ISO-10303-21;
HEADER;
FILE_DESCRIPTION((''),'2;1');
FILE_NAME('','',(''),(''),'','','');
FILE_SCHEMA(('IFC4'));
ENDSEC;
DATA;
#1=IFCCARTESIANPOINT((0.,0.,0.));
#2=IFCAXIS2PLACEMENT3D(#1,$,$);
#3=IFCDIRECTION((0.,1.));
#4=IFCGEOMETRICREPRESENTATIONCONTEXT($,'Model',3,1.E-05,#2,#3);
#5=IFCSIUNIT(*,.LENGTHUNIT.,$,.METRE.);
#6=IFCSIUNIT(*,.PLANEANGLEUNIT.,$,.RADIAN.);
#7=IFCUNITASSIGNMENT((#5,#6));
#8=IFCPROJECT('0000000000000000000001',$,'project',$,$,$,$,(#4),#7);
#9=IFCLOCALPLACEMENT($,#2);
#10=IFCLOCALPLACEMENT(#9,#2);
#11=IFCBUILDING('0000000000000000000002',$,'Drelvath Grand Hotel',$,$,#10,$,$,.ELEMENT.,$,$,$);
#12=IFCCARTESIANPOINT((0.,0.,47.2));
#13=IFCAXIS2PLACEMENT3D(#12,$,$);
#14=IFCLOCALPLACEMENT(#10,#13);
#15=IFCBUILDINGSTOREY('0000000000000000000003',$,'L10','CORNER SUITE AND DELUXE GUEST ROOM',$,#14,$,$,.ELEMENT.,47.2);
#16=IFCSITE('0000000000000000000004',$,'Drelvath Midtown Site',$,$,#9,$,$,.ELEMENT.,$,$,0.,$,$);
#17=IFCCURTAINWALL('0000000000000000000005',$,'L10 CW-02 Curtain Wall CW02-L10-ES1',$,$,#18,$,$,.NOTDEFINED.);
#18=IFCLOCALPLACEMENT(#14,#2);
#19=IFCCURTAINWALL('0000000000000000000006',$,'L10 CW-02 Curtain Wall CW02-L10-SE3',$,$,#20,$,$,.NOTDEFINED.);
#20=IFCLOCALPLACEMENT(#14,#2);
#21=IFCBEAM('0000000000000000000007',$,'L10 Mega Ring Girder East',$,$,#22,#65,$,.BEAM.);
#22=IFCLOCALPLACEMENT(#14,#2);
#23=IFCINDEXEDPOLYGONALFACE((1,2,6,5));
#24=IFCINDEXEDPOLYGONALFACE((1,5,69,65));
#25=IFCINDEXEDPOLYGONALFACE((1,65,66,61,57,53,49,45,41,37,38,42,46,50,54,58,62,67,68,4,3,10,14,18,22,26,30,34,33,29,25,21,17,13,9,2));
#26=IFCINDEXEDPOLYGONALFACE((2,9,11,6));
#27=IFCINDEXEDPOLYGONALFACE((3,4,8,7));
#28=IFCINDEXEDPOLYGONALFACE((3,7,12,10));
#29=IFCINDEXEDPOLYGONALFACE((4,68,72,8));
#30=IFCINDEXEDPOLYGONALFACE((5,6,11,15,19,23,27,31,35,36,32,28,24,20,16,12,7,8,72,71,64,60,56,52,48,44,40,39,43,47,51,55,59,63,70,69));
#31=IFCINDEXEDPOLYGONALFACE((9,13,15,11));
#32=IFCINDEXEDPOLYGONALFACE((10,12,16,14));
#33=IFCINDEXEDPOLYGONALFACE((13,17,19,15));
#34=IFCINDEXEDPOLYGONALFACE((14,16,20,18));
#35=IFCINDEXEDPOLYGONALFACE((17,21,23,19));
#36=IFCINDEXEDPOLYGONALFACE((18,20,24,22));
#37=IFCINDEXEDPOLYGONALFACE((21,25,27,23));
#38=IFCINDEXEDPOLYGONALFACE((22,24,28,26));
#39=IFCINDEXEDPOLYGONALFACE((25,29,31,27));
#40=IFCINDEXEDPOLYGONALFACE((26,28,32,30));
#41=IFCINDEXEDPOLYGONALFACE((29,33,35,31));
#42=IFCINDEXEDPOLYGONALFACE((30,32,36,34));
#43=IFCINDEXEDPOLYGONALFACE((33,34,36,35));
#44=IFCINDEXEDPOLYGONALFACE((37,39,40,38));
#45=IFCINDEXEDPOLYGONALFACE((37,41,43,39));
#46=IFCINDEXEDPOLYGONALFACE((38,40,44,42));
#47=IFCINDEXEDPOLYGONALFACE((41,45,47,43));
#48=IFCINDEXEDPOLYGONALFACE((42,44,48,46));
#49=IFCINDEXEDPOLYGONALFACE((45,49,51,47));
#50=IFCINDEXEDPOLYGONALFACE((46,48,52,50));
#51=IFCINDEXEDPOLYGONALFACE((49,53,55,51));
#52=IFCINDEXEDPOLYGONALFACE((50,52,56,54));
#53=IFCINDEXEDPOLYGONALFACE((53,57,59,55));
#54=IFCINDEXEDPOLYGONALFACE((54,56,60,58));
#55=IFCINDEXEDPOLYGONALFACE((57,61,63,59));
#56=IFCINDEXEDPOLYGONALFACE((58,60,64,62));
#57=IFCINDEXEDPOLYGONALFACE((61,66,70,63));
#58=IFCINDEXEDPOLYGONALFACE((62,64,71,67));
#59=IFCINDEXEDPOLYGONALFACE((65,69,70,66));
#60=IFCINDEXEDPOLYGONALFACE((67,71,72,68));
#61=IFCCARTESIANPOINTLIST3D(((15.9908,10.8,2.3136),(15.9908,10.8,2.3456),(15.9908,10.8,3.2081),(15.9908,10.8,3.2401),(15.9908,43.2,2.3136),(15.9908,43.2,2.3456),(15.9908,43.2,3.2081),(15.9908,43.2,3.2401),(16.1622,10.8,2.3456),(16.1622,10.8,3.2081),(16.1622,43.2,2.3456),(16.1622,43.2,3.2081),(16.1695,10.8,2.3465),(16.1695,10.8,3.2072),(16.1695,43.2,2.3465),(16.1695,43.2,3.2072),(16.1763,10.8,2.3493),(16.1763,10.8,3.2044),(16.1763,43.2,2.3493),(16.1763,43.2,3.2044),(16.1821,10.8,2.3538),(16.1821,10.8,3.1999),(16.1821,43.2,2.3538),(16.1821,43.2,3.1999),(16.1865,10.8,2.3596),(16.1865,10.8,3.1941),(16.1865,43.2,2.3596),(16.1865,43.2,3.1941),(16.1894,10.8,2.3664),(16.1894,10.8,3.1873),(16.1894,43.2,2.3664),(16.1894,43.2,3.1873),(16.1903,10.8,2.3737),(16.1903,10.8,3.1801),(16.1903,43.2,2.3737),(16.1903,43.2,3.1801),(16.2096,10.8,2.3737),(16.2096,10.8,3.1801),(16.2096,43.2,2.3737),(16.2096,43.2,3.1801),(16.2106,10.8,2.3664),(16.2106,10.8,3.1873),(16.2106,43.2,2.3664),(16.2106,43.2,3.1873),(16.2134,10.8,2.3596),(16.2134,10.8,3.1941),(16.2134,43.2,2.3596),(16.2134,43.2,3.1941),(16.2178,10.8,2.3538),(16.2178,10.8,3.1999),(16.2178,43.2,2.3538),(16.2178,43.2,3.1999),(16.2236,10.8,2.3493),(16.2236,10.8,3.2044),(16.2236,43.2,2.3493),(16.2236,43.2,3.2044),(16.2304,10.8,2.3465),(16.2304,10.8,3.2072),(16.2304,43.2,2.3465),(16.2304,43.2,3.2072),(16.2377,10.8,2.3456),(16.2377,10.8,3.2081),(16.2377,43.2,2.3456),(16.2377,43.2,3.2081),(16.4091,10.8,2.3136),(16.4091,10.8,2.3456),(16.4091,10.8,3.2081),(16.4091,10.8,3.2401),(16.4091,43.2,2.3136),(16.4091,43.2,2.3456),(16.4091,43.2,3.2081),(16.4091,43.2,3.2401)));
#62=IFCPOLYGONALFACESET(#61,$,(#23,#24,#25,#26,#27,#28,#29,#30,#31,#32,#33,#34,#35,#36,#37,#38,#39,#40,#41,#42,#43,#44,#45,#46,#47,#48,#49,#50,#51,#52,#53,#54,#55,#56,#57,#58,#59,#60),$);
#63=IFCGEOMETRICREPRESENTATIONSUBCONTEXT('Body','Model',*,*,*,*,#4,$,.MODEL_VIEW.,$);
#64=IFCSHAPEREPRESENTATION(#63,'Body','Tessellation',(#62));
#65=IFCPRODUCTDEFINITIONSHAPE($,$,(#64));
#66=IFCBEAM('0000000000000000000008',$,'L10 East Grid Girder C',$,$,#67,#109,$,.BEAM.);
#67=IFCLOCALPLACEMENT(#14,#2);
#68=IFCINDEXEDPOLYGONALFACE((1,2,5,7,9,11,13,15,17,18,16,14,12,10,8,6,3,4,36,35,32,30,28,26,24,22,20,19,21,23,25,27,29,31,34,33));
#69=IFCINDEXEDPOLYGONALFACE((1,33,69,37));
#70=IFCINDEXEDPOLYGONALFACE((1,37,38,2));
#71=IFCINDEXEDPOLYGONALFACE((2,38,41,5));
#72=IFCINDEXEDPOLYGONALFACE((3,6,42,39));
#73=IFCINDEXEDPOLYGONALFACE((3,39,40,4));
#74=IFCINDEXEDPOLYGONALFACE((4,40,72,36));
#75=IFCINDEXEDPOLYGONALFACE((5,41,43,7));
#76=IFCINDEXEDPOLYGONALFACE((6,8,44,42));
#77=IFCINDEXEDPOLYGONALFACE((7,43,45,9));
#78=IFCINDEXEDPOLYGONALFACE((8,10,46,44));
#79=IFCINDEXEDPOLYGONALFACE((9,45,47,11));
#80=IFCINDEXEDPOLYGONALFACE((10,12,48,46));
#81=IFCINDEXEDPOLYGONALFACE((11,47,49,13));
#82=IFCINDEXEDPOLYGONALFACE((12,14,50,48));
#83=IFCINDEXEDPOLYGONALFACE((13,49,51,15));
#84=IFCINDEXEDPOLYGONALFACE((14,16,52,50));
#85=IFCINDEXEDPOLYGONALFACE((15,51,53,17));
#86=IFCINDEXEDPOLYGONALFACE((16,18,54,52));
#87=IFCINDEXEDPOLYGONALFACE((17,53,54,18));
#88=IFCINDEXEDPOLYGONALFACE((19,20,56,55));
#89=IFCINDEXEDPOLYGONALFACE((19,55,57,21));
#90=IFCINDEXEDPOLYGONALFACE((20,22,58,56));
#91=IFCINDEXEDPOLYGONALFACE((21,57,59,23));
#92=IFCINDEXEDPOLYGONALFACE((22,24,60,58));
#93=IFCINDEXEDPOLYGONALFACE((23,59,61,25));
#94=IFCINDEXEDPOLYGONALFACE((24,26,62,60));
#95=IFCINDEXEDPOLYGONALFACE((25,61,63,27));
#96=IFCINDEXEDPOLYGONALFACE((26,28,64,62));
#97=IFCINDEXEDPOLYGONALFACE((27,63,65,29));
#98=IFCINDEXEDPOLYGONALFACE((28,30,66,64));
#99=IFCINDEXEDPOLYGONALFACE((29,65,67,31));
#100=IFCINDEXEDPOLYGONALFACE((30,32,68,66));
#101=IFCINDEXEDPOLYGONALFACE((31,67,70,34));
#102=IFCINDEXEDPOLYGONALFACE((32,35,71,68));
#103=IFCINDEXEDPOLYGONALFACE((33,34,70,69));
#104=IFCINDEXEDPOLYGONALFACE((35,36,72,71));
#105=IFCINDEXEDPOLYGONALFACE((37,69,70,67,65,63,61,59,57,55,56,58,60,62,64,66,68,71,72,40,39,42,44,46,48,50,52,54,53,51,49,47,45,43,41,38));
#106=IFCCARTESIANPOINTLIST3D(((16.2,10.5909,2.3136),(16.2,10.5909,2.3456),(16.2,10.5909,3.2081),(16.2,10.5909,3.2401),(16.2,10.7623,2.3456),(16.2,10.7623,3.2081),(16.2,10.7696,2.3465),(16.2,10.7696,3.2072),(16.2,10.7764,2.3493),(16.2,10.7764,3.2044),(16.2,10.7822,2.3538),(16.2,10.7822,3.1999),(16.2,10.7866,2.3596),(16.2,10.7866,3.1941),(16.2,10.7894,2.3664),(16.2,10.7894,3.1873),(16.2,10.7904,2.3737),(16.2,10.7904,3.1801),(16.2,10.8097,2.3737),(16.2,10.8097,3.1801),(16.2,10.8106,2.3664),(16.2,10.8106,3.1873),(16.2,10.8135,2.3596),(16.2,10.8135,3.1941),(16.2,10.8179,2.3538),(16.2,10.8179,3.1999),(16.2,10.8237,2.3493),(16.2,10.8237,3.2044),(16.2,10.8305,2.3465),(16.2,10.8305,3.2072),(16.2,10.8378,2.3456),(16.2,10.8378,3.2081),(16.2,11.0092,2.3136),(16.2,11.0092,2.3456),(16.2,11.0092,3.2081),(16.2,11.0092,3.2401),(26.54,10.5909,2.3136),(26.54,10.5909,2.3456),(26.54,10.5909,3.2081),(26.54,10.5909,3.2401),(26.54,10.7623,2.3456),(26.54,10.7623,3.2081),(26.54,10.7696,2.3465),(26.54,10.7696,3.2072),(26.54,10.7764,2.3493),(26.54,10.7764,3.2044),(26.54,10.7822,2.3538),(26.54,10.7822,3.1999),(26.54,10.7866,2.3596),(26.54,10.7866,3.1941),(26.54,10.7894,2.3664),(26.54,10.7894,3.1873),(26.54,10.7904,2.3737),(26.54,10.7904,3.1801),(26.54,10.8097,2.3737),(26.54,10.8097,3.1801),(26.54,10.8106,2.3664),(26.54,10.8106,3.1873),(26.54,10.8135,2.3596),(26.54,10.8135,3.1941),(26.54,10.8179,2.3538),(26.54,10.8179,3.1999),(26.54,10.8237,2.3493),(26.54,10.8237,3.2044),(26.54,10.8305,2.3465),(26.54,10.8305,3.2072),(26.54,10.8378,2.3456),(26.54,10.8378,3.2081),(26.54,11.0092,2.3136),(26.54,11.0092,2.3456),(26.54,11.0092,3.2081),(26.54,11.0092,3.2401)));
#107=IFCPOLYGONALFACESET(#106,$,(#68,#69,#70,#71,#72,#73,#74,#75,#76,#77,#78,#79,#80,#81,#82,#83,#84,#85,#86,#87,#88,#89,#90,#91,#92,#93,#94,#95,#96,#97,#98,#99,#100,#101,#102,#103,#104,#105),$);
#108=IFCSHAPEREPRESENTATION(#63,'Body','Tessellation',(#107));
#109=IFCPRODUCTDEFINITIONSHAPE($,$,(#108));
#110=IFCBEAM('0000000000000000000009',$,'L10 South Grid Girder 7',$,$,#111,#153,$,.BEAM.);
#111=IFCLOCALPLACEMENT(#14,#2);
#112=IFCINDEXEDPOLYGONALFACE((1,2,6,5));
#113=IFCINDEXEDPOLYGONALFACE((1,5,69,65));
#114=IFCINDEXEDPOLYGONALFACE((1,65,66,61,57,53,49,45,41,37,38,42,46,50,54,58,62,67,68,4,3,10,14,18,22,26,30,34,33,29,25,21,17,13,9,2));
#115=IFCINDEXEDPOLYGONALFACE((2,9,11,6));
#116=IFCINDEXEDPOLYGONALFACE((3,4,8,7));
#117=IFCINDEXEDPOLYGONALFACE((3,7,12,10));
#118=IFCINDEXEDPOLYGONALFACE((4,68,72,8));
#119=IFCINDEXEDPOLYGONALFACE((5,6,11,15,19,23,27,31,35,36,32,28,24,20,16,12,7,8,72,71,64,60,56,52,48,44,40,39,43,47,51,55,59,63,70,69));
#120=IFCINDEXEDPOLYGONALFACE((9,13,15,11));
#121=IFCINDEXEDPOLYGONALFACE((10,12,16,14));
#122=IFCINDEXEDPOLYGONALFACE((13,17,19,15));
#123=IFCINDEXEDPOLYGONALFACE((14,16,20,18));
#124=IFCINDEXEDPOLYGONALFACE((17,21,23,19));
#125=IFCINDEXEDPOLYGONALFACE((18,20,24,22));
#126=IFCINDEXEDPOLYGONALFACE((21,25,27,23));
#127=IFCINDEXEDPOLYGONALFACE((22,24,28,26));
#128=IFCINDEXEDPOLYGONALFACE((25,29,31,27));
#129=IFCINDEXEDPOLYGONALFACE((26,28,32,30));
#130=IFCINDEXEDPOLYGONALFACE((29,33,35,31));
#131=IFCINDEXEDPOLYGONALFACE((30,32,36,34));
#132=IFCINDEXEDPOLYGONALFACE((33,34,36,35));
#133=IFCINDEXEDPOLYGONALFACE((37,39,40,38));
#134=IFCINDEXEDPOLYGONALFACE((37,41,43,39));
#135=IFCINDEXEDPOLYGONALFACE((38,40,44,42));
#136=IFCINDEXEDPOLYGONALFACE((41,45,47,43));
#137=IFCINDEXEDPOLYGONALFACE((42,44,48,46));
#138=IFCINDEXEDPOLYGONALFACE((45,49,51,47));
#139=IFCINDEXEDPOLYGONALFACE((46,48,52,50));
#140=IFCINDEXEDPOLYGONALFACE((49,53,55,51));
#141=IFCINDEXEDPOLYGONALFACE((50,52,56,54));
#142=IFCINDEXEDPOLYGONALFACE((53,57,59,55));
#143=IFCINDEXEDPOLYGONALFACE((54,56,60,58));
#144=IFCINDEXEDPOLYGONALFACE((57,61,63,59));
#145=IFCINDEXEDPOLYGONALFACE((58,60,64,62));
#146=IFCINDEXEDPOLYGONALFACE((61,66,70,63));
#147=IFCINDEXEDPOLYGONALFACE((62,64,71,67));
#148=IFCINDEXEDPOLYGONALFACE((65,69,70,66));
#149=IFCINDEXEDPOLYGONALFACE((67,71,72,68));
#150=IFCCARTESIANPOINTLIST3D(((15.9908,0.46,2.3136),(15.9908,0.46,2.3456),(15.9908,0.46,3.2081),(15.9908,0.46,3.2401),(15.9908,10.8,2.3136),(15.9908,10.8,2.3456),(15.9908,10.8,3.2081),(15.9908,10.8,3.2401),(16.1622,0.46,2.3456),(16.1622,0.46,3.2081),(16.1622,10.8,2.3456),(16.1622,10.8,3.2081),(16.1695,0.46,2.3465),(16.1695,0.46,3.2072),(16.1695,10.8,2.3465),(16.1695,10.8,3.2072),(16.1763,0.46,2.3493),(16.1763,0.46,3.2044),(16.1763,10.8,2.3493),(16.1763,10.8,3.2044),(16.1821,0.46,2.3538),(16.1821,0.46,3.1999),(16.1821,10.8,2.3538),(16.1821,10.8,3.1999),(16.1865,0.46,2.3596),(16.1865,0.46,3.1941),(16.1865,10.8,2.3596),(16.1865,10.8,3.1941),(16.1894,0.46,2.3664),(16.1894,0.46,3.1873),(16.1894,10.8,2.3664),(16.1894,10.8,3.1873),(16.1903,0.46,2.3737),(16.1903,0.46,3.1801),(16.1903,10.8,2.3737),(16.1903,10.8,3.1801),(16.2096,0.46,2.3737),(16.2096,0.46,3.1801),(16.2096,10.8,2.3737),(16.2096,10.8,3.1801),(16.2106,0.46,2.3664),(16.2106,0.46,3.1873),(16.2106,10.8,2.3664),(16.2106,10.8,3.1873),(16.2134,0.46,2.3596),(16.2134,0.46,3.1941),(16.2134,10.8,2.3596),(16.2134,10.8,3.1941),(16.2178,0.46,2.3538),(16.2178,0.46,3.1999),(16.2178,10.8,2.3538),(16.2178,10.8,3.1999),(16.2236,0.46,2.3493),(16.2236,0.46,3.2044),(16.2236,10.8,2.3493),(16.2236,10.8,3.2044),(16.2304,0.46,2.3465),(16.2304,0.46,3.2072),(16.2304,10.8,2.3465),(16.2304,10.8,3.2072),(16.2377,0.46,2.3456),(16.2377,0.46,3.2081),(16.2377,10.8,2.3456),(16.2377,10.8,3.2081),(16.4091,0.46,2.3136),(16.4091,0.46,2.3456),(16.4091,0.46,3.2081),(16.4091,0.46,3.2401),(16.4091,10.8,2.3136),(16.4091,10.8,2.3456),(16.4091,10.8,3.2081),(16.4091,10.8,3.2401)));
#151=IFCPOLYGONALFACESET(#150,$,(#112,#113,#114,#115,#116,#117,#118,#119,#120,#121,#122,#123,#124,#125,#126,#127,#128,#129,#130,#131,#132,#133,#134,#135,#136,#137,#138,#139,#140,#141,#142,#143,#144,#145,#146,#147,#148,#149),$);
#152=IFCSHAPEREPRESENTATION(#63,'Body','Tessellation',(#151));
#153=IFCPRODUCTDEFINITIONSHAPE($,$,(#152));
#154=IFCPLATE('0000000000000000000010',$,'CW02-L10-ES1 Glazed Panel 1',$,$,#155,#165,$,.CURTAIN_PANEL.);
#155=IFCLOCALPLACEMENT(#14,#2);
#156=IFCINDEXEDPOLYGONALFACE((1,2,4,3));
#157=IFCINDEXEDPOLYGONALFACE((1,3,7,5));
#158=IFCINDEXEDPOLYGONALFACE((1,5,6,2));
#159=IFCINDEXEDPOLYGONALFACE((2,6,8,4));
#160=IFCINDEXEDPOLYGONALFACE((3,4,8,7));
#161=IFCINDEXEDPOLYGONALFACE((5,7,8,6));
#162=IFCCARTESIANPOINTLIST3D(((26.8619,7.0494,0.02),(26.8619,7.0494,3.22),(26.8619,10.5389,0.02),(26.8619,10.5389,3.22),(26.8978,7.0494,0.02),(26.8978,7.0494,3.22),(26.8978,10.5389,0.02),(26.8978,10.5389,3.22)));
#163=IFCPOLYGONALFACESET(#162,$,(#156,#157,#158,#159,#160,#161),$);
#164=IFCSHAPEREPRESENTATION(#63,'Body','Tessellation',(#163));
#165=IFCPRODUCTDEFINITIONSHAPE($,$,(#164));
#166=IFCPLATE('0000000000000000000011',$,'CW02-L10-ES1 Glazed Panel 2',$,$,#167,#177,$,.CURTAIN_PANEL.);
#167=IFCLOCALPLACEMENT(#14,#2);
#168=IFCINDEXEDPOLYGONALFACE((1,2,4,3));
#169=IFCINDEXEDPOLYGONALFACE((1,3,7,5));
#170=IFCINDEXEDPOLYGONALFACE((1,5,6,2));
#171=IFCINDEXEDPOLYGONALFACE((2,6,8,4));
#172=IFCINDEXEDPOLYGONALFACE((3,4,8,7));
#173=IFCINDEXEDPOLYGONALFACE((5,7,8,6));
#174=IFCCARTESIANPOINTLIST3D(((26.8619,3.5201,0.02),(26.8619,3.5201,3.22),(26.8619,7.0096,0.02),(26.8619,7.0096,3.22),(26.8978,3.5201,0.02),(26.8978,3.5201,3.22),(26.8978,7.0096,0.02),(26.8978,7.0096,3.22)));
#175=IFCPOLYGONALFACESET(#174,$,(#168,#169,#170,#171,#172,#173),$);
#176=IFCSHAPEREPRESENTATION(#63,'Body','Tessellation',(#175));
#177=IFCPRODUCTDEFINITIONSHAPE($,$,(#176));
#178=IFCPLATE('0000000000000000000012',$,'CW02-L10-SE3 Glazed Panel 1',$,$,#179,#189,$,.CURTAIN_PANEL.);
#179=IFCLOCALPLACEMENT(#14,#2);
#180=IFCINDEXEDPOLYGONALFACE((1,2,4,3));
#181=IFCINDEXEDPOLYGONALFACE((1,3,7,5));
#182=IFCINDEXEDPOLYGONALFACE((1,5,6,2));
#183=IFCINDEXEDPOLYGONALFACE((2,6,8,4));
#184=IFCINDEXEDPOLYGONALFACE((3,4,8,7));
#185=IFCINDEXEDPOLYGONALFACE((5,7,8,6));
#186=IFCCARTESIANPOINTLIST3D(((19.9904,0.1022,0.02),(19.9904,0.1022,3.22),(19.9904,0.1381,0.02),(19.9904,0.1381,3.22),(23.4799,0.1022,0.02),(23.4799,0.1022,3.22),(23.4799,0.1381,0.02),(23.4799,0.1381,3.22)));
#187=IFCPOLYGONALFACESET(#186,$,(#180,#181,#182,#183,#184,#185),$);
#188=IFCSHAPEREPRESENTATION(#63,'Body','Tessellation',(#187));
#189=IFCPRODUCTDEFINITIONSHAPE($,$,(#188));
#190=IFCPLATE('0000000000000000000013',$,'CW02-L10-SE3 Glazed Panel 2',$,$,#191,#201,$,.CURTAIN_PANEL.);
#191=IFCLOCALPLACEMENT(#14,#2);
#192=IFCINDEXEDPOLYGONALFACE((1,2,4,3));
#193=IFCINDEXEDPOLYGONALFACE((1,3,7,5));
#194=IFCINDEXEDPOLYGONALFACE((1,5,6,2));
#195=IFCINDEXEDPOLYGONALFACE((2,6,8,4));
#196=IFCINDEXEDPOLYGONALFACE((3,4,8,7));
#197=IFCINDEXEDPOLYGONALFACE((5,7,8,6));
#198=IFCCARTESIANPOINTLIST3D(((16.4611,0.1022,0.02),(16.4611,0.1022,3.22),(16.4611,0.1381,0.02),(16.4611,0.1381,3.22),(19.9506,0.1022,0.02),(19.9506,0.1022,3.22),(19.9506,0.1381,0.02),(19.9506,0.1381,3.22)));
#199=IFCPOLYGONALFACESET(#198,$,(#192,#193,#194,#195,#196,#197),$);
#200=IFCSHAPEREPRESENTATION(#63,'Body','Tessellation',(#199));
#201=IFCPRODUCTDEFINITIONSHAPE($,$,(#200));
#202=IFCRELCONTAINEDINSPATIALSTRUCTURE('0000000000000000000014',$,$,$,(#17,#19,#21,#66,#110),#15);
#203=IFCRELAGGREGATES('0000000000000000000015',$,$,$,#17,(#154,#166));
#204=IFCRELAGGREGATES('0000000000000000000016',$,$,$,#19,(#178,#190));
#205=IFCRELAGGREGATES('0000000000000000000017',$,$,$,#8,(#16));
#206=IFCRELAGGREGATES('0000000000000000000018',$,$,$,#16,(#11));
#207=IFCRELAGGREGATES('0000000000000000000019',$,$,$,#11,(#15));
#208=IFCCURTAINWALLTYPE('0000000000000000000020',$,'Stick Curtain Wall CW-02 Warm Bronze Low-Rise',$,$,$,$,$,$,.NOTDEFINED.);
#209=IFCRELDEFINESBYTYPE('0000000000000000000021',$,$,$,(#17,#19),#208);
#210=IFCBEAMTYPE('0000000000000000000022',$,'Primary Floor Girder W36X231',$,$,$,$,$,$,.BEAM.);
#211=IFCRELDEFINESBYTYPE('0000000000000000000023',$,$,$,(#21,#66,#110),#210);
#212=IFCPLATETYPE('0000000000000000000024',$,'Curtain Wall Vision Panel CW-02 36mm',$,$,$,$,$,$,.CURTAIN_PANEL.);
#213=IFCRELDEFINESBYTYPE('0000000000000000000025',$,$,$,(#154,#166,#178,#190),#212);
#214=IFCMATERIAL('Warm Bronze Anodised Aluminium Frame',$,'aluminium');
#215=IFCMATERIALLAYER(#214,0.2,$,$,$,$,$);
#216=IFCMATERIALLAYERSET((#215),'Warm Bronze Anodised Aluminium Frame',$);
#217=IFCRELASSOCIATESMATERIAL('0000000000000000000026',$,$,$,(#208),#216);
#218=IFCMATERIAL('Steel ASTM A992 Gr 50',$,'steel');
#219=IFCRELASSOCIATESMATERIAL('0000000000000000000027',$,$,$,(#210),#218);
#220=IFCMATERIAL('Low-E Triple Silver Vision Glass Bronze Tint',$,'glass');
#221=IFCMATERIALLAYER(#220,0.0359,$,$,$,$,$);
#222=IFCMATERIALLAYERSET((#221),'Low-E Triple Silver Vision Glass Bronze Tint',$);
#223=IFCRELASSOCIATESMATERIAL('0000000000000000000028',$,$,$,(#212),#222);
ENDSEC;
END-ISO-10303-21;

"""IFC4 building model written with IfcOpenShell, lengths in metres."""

from ifc_helpers import new_model, si_unit, direction, frame, origin, origin_2d, place, context, subcontext, project, spatial, rectangle, i_section, extrude, material, layer, layer_set, material_profile, profile_set, type_object, element, aggregate, save


model = new_model("IFC4")

# Units and contexts
model_context = context("Model", 3, precision=1e-05, world=origin(), true_north=direction((0.0, 1.0)))
body_context = subcontext(model_context, "Body", "Model", "MODEL_VIEW")
ifc_project = project(units=[si_unit("LENGTHUNIT", "METRE"), si_unit("PLANEANGLEUNIT", "RADIAN")], contexts=[model_context])

# Site, building, storey
site_placement = place(None, origin())
site = spatial("IfcSite", under=ifc_project, at=site_placement, Name="Drelvath Midtown Site", CompositionType="ELEMENT", RefElevation=0.0)
building_placement = place(site_placement, origin())
building = spatial("IfcBuilding", under=site, at=building_placement, Name="Drelvath Grand Hotel", CompositionType="ELEMENT")
storey_placement = place(building_placement, frame((0.0, 0.0, 47.2)))
storey = spatial("IfcBuildingStorey", under=building, at=storey_placement, Name="L10", Description="CORNER SUITE AND DELUXE GUEST ROOM", CompositionType="ELEMENT", Elevation=47.2)

# Curtain walls
ifc_material_1 = material(Name="Warm Bronze Anodised Aluminium Frame", Category="aluminium")
ifc_layer_1 = layer(ifc_material_1, 0.2)
ifc_layer_set_1 = layer_set([ifc_layer_1], Name="Warm Bronze Anodised Aluminium Frame")
curtain_wall_type = type_object("IfcCurtainWallType", Name="Stick Curtain Wall CW-02 Warm Bronze Low-Rise", PredefinedType="NOTDEFINED", material=ifc_layer_set_1)
curtain_wall_1_placement = place(storey_placement, origin())
curtain_wall_1 = element("IfcCurtainWall", 1, at=curtain_wall_1_placement, inside=storey, type_object=curtain_wall_type, Name="L10 CW-02 Curtain Wall CW02-L10-ES1", PredefinedType="NOTDEFINED")
curtain_wall_2_placement = place(storey_placement, origin())
curtain_wall_2 = element("IfcCurtainWall", 2, at=curtain_wall_2_placement, inside=storey, type_object=curtain_wall_type, Name="L10 CW-02 Curtain Wall CW02-L10-SE3", PredefinedType="NOTDEFINED")

# Beams
ifc_material_2 = material(Name="Steel ASTM A992 Gr 50", Category="steel")
ifc_material_profile_1 = material_profile(ifc_material_2, i_section(OverallWidth=0.4182, OverallDepth=0.9265, WebThickness=0.0193, FlangeThickness=0.032, FilletRadius=0.0281, at=origin_2d()), Name="W36X231")
ifc_profile_set_1 = profile_set([ifc_material_profile_1], Name="Steel ASTM A992 Gr 50")
beam_type_1 = type_object("IfcBeamType", Name="Primary Floor Girder W36X231", PredefinedType="BEAM", material=ifc_profile_set_1)
beam_1_placement = place(storey_placement, frame((16.2, 10.8, 2.7769), z_axis=(0.0, 1.0, 0.0), x_axis=(-1.0, 0.0, 0.0)))
element("IfcBeam", 3, at=beam_1_placement, inside=storey, type_object=beam_type_1, Name="L10 Mega Ring Girder East", PredefinedType="BEAM", context=body_context, shape_type="SweptSolid", body=[
    extrude(i_section(OverallWidth=0.4182, OverallDepth=0.9265, WebThickness=0.0193, FlangeThickness=0.032, FilletRadius=0.0281, at=origin_2d()), origin(), (0.0, 0.0, 1.0), 32.3999),
])
for number, where, z_axis, x_axis, name in (
    (4, (16.2, 10.8, 2.7769), (1.0, 0.0, 0.0), (0.0, 1.0, 0.0), "L10 East Grid Girder C"),
    (5, (16.2, 0.46, 2.7769), (0.0, 1.0, 0.0), (-1.0, 0.0, 0.0), "L10 South Grid Girder 7"),
):
    element("IfcBeam", number, at=place(storey_placement, frame(where, z_axis=z_axis, x_axis=x_axis)), inside=storey, type_object=beam_type_1, Name=name, PredefinedType="BEAM", context=body_context, shape_type="SweptSolid", body=[
        extrude(i_section(OverallWidth=0.4182, OverallDepth=0.9265, WebThickness=0.0193, FlangeThickness=0.032, FilletRadius=0.0281, at=origin_2d()), origin(), (0.0, 0.0, 1.0), 10.3401),
    ])

# Plates
ifc_material_3 = material(Name="Low-E Triple Silver Vision Glass Bronze Tint", Category="glass")
ifc_layer_2 = layer(ifc_material_3, 0.0359)
ifc_layer_set_2 = layer_set([ifc_layer_2], Name="Low-E Triple Silver Vision Glass Bronze Tint")
plate_type = type_object("IfcPlateType", Name="Curtain Wall Vision Panel CW-02 36mm", PredefinedType="CURTAIN_PANEL", material=ifc_layer_set_2)
plate_1_placement = place(storey_placement, frame((26.8799, 8.7942, 0.02), z_axis=(0.0, 0.0, 1.0), x_axis=(0.0, -1.0, 0.0)))
plate_1 = element("IfcPlate", 6, at=plate_1_placement, type_object=plate_type, Name="CW02-L10-ES1 Glazed Panel 1", PredefinedType="CURTAIN_PANEL", context=body_context, shape_type="SweptSolid", body=[
    extrude(rectangle(XDim=3.4895, YDim=0.0359, at=origin_2d()), origin(), (0.0, 0.0, 1.0), 3.2),
])
plate_2_placement = place(storey_placement, frame((26.8799, 5.2649, 0.02), z_axis=(0.0, 0.0, 1.0), x_axis=(0.0, -1.0, 0.0)))
plate_2 = element("IfcPlate", 7, at=plate_2_placement, type_object=plate_type, Name="CW02-L10-ES1 Glazed Panel 2", PredefinedType="CURTAIN_PANEL", context=body_context, shape_type="SweptSolid", body=[
    extrude(rectangle(XDim=3.4895, YDim=0.0359, at=origin_2d()), origin(), (0.0, 0.0, 1.0), 3.2),
])
aggregate(curtain_wall_1, [plate_1, plate_2])
plate_3_placement = place(storey_placement, frame((21.7351, 0.1201, 0.02), z_axis=(0.0, 0.0, 1.0), x_axis=(-1.0, 0.0, 0.0)))
plate_3 = element("IfcPlate", 8, at=plate_3_placement, type_object=plate_type, Name="CW02-L10-SE3 Glazed Panel 1", PredefinedType="CURTAIN_PANEL", context=body_context, shape_type="SweptSolid", body=[
    extrude(rectangle(XDim=3.4895, YDim=0.0359, at=origin_2d()), origin(), (0.0, 0.0, 1.0), 3.2),
])
plate_4_placement = place(storey_placement, frame((18.2058, 0.1201, 0.02), z_axis=(0.0, 0.0, 1.0), x_axis=(-1.0, 0.0, 0.0)))
plate_4 = element("IfcPlate", 9, at=plate_4_placement, type_object=plate_type, Name="CW02-L10-SE3 Glazed Panel 2", PredefinedType="CURTAIN_PANEL", context=body_context, shape_type="SweptSolid", body=[
    extrude(rectangle(XDim=3.4895, YDim=0.0359, at=origin_2d()), origin(), (0.0, 0.0, 1.0), 3.2),
])
aggregate(curtain_wall_2, [plate_3, plate_4])

save(model, "model.ifc")
